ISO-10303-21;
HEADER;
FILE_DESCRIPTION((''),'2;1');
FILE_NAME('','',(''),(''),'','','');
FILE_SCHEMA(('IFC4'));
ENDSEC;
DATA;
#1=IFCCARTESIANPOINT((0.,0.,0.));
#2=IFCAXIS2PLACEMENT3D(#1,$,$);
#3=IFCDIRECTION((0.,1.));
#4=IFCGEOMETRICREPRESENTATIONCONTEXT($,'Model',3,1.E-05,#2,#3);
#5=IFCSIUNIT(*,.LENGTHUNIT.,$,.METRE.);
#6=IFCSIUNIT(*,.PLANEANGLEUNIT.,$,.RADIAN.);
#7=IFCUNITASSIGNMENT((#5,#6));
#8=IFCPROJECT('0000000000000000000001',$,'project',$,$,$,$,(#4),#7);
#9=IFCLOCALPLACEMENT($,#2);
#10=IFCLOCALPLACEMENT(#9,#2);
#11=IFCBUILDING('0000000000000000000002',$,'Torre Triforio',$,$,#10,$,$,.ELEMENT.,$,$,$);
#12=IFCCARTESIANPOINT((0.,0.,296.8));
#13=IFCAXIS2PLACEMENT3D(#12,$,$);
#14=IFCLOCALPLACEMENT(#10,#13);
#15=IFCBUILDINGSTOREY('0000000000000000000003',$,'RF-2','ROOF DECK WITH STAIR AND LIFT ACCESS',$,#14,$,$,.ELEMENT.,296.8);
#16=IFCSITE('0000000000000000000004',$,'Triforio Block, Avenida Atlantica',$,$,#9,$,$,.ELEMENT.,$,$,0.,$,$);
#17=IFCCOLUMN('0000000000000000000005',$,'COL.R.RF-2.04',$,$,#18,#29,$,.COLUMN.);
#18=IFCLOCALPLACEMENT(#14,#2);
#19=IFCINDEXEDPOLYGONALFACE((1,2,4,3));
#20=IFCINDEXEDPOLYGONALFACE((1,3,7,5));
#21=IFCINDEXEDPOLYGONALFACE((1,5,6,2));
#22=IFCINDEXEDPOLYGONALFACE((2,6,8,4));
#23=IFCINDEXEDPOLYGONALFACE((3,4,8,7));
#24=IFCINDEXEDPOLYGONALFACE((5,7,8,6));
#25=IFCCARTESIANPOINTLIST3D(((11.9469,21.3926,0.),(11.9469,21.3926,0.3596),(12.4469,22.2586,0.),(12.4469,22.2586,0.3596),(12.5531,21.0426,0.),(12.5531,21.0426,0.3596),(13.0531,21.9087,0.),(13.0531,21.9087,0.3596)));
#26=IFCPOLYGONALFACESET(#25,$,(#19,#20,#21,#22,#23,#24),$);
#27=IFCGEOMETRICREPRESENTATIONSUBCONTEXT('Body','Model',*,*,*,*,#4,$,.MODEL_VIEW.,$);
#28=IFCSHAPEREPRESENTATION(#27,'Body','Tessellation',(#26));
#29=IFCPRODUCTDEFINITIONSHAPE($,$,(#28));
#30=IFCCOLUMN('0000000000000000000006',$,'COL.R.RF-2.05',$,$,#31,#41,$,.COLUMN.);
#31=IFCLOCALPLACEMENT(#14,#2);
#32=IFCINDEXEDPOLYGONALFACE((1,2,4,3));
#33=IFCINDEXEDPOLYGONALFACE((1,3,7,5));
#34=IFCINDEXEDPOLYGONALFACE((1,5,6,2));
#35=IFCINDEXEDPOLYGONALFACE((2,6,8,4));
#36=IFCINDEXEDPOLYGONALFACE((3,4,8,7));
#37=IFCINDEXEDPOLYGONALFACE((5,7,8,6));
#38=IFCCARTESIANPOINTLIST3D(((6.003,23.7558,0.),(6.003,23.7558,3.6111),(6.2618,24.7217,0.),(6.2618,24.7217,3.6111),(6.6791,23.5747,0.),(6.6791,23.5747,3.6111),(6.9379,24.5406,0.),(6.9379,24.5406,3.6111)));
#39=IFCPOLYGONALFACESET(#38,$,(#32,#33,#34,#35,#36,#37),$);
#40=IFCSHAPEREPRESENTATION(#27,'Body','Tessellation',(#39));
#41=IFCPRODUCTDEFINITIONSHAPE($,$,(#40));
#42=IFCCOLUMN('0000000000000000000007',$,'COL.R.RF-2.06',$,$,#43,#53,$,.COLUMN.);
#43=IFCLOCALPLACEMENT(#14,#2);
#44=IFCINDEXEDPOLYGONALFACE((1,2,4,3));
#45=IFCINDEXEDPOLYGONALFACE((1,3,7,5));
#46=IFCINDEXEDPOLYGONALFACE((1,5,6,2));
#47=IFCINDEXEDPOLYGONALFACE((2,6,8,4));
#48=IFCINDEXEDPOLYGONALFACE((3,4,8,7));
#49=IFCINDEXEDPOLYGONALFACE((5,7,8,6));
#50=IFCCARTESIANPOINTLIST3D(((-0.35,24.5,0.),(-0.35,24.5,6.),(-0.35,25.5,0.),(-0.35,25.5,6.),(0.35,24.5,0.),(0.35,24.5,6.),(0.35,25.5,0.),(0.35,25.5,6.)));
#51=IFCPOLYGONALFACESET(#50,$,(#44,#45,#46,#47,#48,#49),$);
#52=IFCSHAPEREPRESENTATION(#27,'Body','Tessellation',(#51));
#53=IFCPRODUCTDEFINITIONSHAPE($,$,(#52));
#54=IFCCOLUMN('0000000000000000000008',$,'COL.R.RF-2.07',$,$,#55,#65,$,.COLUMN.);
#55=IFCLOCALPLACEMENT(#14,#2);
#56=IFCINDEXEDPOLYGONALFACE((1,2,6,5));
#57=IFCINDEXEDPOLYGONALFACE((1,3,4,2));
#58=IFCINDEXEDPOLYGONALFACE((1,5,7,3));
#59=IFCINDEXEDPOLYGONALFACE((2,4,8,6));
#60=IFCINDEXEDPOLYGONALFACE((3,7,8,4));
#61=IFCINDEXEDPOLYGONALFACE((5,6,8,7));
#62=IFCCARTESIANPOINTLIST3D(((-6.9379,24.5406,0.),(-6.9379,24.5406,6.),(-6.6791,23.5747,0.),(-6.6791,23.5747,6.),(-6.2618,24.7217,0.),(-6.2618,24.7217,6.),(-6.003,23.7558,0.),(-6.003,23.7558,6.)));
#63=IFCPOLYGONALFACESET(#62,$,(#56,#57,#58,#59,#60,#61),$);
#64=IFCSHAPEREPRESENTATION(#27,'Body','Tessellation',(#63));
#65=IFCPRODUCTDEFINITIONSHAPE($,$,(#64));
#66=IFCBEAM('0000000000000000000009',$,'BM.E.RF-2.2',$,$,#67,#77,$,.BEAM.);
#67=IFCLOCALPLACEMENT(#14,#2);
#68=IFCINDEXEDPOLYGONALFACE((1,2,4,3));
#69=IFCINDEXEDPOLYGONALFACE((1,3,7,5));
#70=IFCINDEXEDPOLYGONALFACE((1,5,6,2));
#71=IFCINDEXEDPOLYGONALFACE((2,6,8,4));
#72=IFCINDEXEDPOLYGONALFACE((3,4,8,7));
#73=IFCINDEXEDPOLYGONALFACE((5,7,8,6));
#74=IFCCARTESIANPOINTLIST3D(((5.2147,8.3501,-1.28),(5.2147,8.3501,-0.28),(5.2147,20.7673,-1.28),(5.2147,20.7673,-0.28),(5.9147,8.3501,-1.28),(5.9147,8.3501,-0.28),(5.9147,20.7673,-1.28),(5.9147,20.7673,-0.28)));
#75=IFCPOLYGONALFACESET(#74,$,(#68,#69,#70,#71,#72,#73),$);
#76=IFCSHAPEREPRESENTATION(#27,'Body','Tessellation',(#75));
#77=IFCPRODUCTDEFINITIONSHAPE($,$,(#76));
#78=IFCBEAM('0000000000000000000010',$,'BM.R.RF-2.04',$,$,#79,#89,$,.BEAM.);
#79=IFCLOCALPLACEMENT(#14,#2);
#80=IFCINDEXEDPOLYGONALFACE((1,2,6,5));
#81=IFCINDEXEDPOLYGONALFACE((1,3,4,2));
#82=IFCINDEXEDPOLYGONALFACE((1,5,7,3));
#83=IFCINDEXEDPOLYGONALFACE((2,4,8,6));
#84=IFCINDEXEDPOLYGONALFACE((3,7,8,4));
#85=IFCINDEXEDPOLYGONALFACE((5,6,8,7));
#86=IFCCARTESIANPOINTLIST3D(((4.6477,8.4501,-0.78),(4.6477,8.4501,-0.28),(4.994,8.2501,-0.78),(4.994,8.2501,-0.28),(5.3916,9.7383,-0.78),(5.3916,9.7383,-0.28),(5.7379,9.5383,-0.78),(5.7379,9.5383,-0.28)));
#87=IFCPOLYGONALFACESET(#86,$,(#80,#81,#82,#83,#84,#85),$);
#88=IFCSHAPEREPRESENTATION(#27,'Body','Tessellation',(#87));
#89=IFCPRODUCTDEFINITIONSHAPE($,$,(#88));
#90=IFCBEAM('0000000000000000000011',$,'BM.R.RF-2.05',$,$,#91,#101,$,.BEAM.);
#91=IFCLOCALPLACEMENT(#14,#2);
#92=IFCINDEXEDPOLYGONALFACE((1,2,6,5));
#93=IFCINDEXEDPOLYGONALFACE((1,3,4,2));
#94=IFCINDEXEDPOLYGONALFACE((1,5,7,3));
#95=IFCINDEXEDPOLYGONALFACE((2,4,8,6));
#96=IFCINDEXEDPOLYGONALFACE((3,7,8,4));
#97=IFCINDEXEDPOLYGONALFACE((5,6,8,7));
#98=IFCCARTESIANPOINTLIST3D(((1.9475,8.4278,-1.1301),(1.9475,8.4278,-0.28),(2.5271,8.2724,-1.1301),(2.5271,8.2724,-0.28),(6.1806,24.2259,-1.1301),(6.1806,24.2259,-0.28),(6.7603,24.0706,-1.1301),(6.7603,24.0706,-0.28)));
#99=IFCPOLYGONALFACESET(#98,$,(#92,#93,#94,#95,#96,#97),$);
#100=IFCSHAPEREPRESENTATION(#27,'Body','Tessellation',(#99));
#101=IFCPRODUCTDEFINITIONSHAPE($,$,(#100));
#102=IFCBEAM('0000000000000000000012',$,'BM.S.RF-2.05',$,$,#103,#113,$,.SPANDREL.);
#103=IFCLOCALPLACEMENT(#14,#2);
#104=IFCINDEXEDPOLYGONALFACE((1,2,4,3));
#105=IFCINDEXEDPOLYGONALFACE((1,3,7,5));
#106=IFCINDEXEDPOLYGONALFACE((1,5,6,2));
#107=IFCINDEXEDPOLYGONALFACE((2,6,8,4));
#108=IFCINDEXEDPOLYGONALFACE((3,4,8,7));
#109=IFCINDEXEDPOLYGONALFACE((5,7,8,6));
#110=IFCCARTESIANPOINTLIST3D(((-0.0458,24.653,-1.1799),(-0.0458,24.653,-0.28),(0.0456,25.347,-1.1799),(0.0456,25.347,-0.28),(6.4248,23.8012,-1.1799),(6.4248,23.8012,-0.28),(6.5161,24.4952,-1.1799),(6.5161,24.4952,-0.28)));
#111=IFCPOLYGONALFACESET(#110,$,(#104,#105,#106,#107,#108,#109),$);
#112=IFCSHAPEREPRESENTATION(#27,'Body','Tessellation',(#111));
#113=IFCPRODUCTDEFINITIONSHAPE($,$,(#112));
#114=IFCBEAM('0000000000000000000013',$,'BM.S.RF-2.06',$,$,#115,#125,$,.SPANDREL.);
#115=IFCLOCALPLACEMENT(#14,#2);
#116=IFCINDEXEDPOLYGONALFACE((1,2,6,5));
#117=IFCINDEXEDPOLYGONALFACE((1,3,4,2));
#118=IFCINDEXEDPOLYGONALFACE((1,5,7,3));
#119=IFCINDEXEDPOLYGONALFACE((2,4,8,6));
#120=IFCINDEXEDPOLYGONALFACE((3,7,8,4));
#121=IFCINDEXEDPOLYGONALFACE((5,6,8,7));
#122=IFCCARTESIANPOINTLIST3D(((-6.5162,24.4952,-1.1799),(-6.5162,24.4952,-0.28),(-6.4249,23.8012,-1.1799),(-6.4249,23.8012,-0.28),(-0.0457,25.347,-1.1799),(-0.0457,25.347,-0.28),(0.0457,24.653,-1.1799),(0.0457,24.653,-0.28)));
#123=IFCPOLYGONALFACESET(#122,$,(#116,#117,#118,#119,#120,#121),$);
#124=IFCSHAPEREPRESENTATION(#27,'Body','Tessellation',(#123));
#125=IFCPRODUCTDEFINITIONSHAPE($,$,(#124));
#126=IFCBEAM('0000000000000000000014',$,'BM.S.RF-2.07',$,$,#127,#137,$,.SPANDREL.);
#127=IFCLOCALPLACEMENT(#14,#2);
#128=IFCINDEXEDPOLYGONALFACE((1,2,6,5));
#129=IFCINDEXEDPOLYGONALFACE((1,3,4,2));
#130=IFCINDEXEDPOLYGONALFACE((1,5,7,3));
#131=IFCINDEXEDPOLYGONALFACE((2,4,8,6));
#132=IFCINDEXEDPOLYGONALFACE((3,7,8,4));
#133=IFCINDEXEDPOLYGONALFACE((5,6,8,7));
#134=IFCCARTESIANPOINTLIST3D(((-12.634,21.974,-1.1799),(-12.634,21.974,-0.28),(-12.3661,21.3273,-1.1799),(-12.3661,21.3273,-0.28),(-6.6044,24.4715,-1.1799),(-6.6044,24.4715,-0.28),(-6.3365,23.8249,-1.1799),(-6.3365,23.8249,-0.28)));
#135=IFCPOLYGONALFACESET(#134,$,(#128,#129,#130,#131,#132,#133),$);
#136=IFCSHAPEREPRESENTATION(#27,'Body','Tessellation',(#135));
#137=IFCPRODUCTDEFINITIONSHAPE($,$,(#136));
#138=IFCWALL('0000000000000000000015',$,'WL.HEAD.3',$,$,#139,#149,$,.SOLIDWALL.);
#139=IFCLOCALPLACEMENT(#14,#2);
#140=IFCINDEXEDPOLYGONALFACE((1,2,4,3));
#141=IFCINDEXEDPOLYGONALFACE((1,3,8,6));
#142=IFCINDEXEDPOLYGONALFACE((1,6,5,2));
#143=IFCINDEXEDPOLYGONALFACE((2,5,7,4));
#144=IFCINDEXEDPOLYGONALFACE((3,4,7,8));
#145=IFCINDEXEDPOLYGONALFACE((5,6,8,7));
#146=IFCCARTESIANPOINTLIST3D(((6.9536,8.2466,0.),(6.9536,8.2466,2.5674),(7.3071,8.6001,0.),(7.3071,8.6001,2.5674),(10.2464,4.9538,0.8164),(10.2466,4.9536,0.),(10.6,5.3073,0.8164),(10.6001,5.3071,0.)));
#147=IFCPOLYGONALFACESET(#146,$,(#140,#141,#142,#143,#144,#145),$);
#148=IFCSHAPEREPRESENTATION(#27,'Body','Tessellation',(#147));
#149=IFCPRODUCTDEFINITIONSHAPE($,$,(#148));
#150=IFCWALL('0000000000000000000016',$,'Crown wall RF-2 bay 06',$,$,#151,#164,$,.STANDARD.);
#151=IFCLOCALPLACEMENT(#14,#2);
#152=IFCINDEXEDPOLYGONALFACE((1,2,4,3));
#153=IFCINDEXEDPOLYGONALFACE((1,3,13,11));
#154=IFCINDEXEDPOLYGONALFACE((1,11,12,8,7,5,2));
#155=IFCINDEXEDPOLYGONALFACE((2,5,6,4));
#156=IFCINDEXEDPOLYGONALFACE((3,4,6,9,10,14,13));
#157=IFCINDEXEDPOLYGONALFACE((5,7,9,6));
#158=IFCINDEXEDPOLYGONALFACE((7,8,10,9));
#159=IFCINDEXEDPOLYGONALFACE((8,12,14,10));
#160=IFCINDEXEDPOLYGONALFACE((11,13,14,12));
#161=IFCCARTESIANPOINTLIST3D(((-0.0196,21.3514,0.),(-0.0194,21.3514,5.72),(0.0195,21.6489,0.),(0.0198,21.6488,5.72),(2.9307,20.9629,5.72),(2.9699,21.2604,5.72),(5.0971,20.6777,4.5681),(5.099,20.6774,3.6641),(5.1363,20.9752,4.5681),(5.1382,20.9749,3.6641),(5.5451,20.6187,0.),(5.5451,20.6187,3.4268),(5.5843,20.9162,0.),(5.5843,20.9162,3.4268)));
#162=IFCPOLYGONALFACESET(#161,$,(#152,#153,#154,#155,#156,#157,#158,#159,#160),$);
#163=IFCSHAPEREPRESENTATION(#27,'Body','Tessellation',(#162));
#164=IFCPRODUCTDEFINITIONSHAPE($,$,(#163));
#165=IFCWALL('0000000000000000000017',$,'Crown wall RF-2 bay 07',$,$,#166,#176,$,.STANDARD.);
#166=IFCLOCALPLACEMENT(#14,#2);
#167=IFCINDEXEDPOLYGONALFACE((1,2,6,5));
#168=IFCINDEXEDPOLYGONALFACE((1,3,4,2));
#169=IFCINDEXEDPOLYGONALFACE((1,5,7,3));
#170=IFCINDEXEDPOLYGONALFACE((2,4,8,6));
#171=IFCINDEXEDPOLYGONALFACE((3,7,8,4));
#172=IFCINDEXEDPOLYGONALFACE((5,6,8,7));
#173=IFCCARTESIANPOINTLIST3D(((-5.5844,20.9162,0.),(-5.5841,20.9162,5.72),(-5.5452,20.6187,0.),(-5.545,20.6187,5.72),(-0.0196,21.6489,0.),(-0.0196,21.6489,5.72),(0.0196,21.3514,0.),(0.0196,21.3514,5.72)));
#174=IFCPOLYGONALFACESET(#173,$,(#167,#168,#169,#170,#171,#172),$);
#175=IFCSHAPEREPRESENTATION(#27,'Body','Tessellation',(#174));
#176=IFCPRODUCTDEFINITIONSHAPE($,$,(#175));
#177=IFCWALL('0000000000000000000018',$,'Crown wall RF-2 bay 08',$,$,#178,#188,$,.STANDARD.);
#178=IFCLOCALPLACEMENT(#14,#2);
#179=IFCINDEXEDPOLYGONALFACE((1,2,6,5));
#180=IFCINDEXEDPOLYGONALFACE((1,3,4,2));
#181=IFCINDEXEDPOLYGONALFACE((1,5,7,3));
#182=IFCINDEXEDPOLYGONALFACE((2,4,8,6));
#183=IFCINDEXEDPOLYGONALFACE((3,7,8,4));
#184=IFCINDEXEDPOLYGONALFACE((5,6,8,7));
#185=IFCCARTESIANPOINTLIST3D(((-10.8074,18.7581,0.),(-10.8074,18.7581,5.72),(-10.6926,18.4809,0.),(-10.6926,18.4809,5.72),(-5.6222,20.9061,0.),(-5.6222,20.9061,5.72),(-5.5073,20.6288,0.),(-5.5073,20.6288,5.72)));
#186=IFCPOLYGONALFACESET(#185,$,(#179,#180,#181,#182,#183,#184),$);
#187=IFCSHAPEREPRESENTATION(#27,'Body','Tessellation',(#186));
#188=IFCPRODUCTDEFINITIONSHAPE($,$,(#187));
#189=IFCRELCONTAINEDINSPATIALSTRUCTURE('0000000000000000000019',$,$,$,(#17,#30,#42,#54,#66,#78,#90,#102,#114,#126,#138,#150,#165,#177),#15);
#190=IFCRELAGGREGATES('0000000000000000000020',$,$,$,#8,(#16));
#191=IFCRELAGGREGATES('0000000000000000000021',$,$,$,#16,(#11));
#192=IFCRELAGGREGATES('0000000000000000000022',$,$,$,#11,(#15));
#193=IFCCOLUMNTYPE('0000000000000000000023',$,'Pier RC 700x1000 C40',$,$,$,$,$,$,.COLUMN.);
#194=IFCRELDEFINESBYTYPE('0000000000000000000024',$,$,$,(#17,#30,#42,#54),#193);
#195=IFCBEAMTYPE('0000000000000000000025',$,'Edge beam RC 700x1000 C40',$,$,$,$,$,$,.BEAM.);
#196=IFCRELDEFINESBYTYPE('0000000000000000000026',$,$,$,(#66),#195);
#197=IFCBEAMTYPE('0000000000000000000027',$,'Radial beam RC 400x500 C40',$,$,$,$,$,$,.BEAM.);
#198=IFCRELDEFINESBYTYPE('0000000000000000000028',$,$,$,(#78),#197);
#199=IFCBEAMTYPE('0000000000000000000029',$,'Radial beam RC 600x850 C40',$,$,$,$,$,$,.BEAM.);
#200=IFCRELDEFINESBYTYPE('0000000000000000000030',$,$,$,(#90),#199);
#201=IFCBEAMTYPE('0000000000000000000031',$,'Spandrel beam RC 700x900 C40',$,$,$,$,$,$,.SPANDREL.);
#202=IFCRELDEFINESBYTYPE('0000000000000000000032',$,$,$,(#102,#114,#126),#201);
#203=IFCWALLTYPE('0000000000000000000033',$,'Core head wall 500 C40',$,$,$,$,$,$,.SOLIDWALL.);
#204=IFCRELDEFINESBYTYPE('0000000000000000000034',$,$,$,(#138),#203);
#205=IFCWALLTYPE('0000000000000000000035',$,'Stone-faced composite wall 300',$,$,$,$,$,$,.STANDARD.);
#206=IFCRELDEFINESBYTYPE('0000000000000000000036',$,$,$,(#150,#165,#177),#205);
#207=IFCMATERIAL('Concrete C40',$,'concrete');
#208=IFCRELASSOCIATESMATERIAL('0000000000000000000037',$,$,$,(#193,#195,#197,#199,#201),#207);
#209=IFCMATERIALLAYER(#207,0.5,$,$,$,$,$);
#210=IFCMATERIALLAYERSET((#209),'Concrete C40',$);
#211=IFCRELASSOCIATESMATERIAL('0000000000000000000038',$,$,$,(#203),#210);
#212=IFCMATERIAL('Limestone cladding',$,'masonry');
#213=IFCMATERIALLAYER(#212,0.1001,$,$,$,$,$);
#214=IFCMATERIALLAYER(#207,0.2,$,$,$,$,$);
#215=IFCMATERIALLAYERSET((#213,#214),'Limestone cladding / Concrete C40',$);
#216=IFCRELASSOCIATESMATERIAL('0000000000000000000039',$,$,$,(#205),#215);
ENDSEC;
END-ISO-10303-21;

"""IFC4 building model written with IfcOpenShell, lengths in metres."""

from ifc_helpers import new_model, si_unit, direction, frame, origin, origin_2d, place, context, subcontext, project, spatial, polyline, rectangle, outline, extrude, material, layer, layer_set, material_profile, profile_set, type_object, element, save


model = new_model("IFC4")

# Units and contexts
model_context = context("Model", 3, precision=1e-05, world=origin(), true_north=direction((0.0, 1.0)))
body_context = subcontext(model_context, "Body", "Model", "MODEL_VIEW")
ifc_project = project(units=[si_unit("LENGTHUNIT", "METRE"), si_unit("PLANEANGLEUNIT", "RADIAN")], contexts=[model_context])

# Site, building, storey
site_placement = place(None, origin())
site = spatial("IfcSite", under=ifc_project, at=site_placement, Name="Triforio Block, Avenida Atlantica", CompositionType="ELEMENT", RefElevation=0.0)
building_placement = place(site_placement, origin())
building = spatial("IfcBuilding", under=site, at=building_placement, Name="Torre Triforio", CompositionType="ELEMENT")
storey_placement = place(building_placement, frame((0.0, 0.0, 296.8)))
storey = spatial("IfcBuildingStorey", under=building, at=storey_placement, Name="RF-2", Description="ROOF DECK WITH STAIR AND LIFT ACCESS", CompositionType="ELEMENT", Elevation=296.8)

# Columns
ifc_material_1 = material(Name="Concrete C40", Category="concrete")
ifc_material_profile_1 = material_profile(ifc_material_1, rectangle(XDim=0.7, YDim=1.0, at=origin_2d()), Name="RC 700x1000")
ifc_profile_set_1 = profile_set([ifc_material_profile_1], Name="Concrete C40")
column_type = type_object("IfcColumnType", Name="Pier RC 700x1000 C40", PredefinedType="COLUMN", material=ifc_profile_set_1)
column_1_placement = place(storey_placement, frame((12.5, 21.6506, 0.0), z_axis=(0.0, 0.0, 1.0), x_axis=(-0.866025, 0.5, 0.0)))
element("IfcColumn", 1, at=column_1_placement, inside=storey, type_object=column_type, Name="COL.R.RF-2.04", PredefinedType="COLUMN", context=body_context, shape_type="SweptSolid", body=[
    extrude(rectangle(XDim=0.7, YDim=1.0, at=origin_2d()), origin(), (0.0, 0.0, 1.0), 0.3596),
])
column_2_placement = place(storey_placement, frame((6.4705, 24.1482, 0.0), z_axis=(0.0, 0.0, 1.0), x_axis=(-0.965926, 0.258819, 0.0)))
element("IfcColumn", 2, at=column_2_placement, inside=storey, type_object=column_type, Name="COL.R.RF-2.05", PredefinedType="COLUMN", context=body_context, shape_type="SweptSolid", body=[
    extrude(rectangle(XDim=0.7, YDim=1.0, at=origin_2d()), origin(), (0.0, 0.0, 1.0), 3.6111),
])
for number, where, z_axis, x_axis, name in (
    (3, (0.0, 25.0, 0.0), (0.0, 0.0, 1.0), (-1.0, 0.0, 0.0), "COL.R.RF-2.06"),
    (4, (-6.4705, 24.1482, 0.0), (0.0, 0.0, 1.0), (-0.965926, -0.258819, 0.0), "COL.R.RF-2.07"),
):
    element("IfcColumn", number, at=place(storey_placement, frame(where, z_axis=z_axis, x_axis=x_axis)), inside=storey, type_object=column_type, Name=name, PredefinedType="COLUMN", context=body_context, shape_type="SweptSolid", body=[
        extrude(rectangle(XDim=0.7, YDim=1.0, at=origin_2d()), origin(), (0.0, 0.0, 1.0), 6.0),
    ])

# Beams
ifc_material_profile_2 = material_profile(ifc_material_1, rectangle(XDim=0.7, YDim=1.0, at=origin_2d()), Name="RC 700x1000")
ifc_profile_set_2 = profile_set([ifc_material_profile_2], Name="Concrete C40")
beam_type_1 = type_object("IfcBeamType", Name="Edge beam RC 700x1000 C40", PredefinedType="BEAM", material=ifc_profile_set_2)
beam_1_placement = place(storey_placement, frame((5.5647, 8.3501, -0.78), z_axis=(0.0, 1.0, 0.0), x_axis=(-1.0, 0.0, 0.0)))
element("IfcBeam", 5, at=beam_1_placement, inside=storey, type_object=beam_type_1, Name="BM.E.RF-2.2", PredefinedType="BEAM", context=body_context, shape_type="SweptSolid", body=[
    extrude(rectangle(XDim=0.7, YDim=1.0, at=origin_2d()), origin(), (0.0, 0.0, 1.0), 12.4172),
])
ifc_material_profile_3 = material_profile(ifc_material_1, rectangle(XDim=0.3999, YDim=0.5, at=origin_2d()), Name="RC 400x500")
ifc_profile_set_3 = profile_set([ifc_material_profile_3], Name="Concrete C40")
beam_type_2 = type_object("IfcBeamType", Name="Radial beam RC 400x500 C40", PredefinedType="BEAM", material=ifc_profile_set_3)
beam_2_placement = place(storey_placement, frame((4.8208, 8.3501, -0.53), z_axis=(0.500111, 0.865961, 0.0), x_axis=(-0.865961, 0.500111, 0.0)))
element("IfcBeam", 6, at=beam_2_placement, inside=storey, type_object=beam_type_2, Name="BM.R.RF-2.04", PredefinedType="BEAM", context=body_context, shape_type="SweptSolid", body=[
    extrude(rectangle(XDim=0.3999, YDim=0.5, at=origin_2d()), origin(), (0.0, 0.0, 1.0), 1.4875),
])
ifc_material_profile_4 = material_profile(ifc_material_1, rectangle(XDim=0.6001, YDim=0.8501, at=origin_2d()), Name="RC 600x850")
ifc_profile_set_4 = profile_set([ifc_material_profile_4], Name="Concrete C40")
beam_type_3 = type_object("IfcBeamType", Name="Radial beam RC 600x850 C40", PredefinedType="BEAM", material=ifc_profile_set_4)
beam_3_placement = place(storey_placement, frame((2.2373, 8.3501, -0.7051), z_axis=(0.258823, 0.965925, 0.0), x_axis=(-0.965925, 0.258823, 0.0)))
element("IfcBeam", 7, at=beam_3_placement, inside=storey, type_object=beam_type_3, Name="BM.R.RF-2.05", PredefinedType="BEAM", context=body_context, shape_type="SweptSolid", body=[
    extrude(rectangle(XDim=0.6001, YDim=0.8501, at=origin_2d()), origin(), (0.0, 0.0, 1.0), 16.3555),
])
ifc_material_profile_5 = material_profile(ifc_material_1, rectangle(XDim=0.7, YDim=0.8999, at=origin_2d()), Name="RC 700x900")
ifc_profile_set_5 = profile_set([ifc_material_profile_5], Name="Concrete C40")
beam_type_4 = type_object("IfcBeamType", Name="Spandrel beam RC 700x900 C40", PredefinedType="SPANDREL", material=ifc_profile_set_5)
for number, where, z_axis, x_axis, name in (
    (8, (6.4705, 24.1482, -0.73), (-0.991446, 0.130519, 0.0), (-0.130519, -0.991446, 0.0), "BM.S.RF-2.05"),
    (9, (0.0, 25.0, -0.73), (-0.991446, -0.130519, 0.0), (0.130519, -0.991446, 0.0), "BM.S.RF-2.06"),
    (10, (-6.4705, 24.1482, -0.73), (-0.923877, -0.382689, 0.0), (0.382689, -0.923877, 0.0), "BM.S.RF-2.07"),
):
    element("IfcBeam", number, at=place(storey_placement, frame(where, z_axis=z_axis, x_axis=x_axis)), inside=storey, type_object=beam_type_4, Name=name, PredefinedType="SPANDREL", context=body_context, shape_type="SweptSolid", body=[
        extrude(rectangle(XDim=0.7, YDim=0.8999, at=origin_2d()), origin(), (0.0, 0.0, 1.0), 6.5264),
    ])

# Walls
ifc_layer_1 = layer(ifc_material_1, 0.5)
ifc_layer_set_1 = layer_set([ifc_layer_1], Name="Concrete C40")
wall_type_1 = type_object("IfcWallType", Name="Core head wall 500 C40", PredefinedType="SOLIDWALL", material=ifc_layer_set_1)
wall_1_placement = place(storey_placement, frame((7.1304, 8.4233, 0.0), z_axis=(0.0, 0.0, 1.0), x_axis=(0.707107, -0.707107, 0.0)))
element("IfcWall", 11, at=wall_1_placement, inside=storey, type_object=wall_type_1, Name="WL.HEAD.3", PredefinedType="SOLIDWALL", context=body_context, shape_type="SweptSolid", body=[
    extrude(outline(polyline([(0.0, 0.0), (4.657, 0.0), (4.6567, 0.8164), (0.0, 2.5674), (0.0, 0.0)])), frame((0.0, 0.25, 0.0), z_axis=(0.0, -1.0, 0.0), x_axis=(1.0, 0.0, 0.0)), (0.0, 0.0, 1.0), 0.5),
])
ifc_material_2 = material(Name="Limestone cladding", Category="masonry")
ifc_layer_2 = layer(ifc_material_2, 0.1001)
ifc_layer_3 = layer(ifc_material_1, 0.2)
ifc_layer_set_2 = layer_set([ifc_layer_2, ifc_layer_3], Name="Limestone cladding / Concrete C40")
wall_type_2 = type_object("IfcWallType", Name="Stone-faced composite wall 300", PredefinedType="STANDARD", material=ifc_layer_set_2)
wall_2_placement = place(storey_placement, frame((5.5647, 20.7673, 0.0), z_axis=(0.0, 0.0, 1.0), x_axis=(-0.991443, 0.130537, 0.0)))
element("IfcWall", 12, at=wall_2_placement, inside=storey, type_object=wall_type_2, Name="Crown wall RF-2 bay 06", PredefinedType="STANDARD", context=body_context, shape_type="SweptSolid", body=[
    extrude(outline(polyline([(0.0, 0.0), (5.6128, 0.0), (5.6125, 5.72), (2.637, 5.72), (0.4519, 4.5681), (0.45, 3.6641), (0.0, 3.4268), (0.0, 0.0)])), frame((0.0, 0.1499, 0.0), z_axis=(0.0, -1.0, 0.0), x_axis=(1.0, 0.0, 0.0)), (0.0, 0.0, 1.0), 0.3),
])
wall_3_placement = place(storey_placement, frame((0.0, 21.5, 0.0), z_axis=(0.0, 0.0, 1.0), x_axis=(-0.991443, -0.130537, 0.0)))
element("IfcWall", 13, at=wall_3_placement, inside=storey, type_object=wall_type_2, Name="Crown wall RF-2 bay 07", PredefinedType="STANDARD", context=body_context, shape_type="SweptSolid", body=[
    extrude(outline(polyline([(0.0, 0.0), (5.6128, 0.0), (5.6125, 5.72), (0.0, 5.72), (0.0, 0.0)])), frame((0.0, 0.1499, 0.0), z_axis=(0.0, -1.0, 0.0), x_axis=(1.0, 0.0, 0.0)), (0.0, 0.0, 1.0), 0.3),
])
wall_4_placement = place(storey_placement, frame((-5.5647, 20.7673, 0.0), z_axis=(0.0, 0.0, 1.0), x_axis=(-0.923872, -0.382703, 0.0)))
element("IfcWall", 14, at=wall_4_placement, inside=storey, type_object=wall_type_2, Name="Crown wall RF-2 bay 08", PredefinedType="STANDARD", context=body_context, shape_type="SweptSolid", body=[
    extrude(outline(polyline([(0.0, 0.0), (5.6125, 0.0), (5.6125, 5.72), (0.0, 5.72), (0.0, 0.0)])), frame((0.0, 0.1499, 0.0), z_axis=(0.0, -1.0, 0.0), x_axis=(1.0, 0.0, 0.0)), (0.0, 0.0, 1.0), 0.3),
])

save(model, "model.ifc")
